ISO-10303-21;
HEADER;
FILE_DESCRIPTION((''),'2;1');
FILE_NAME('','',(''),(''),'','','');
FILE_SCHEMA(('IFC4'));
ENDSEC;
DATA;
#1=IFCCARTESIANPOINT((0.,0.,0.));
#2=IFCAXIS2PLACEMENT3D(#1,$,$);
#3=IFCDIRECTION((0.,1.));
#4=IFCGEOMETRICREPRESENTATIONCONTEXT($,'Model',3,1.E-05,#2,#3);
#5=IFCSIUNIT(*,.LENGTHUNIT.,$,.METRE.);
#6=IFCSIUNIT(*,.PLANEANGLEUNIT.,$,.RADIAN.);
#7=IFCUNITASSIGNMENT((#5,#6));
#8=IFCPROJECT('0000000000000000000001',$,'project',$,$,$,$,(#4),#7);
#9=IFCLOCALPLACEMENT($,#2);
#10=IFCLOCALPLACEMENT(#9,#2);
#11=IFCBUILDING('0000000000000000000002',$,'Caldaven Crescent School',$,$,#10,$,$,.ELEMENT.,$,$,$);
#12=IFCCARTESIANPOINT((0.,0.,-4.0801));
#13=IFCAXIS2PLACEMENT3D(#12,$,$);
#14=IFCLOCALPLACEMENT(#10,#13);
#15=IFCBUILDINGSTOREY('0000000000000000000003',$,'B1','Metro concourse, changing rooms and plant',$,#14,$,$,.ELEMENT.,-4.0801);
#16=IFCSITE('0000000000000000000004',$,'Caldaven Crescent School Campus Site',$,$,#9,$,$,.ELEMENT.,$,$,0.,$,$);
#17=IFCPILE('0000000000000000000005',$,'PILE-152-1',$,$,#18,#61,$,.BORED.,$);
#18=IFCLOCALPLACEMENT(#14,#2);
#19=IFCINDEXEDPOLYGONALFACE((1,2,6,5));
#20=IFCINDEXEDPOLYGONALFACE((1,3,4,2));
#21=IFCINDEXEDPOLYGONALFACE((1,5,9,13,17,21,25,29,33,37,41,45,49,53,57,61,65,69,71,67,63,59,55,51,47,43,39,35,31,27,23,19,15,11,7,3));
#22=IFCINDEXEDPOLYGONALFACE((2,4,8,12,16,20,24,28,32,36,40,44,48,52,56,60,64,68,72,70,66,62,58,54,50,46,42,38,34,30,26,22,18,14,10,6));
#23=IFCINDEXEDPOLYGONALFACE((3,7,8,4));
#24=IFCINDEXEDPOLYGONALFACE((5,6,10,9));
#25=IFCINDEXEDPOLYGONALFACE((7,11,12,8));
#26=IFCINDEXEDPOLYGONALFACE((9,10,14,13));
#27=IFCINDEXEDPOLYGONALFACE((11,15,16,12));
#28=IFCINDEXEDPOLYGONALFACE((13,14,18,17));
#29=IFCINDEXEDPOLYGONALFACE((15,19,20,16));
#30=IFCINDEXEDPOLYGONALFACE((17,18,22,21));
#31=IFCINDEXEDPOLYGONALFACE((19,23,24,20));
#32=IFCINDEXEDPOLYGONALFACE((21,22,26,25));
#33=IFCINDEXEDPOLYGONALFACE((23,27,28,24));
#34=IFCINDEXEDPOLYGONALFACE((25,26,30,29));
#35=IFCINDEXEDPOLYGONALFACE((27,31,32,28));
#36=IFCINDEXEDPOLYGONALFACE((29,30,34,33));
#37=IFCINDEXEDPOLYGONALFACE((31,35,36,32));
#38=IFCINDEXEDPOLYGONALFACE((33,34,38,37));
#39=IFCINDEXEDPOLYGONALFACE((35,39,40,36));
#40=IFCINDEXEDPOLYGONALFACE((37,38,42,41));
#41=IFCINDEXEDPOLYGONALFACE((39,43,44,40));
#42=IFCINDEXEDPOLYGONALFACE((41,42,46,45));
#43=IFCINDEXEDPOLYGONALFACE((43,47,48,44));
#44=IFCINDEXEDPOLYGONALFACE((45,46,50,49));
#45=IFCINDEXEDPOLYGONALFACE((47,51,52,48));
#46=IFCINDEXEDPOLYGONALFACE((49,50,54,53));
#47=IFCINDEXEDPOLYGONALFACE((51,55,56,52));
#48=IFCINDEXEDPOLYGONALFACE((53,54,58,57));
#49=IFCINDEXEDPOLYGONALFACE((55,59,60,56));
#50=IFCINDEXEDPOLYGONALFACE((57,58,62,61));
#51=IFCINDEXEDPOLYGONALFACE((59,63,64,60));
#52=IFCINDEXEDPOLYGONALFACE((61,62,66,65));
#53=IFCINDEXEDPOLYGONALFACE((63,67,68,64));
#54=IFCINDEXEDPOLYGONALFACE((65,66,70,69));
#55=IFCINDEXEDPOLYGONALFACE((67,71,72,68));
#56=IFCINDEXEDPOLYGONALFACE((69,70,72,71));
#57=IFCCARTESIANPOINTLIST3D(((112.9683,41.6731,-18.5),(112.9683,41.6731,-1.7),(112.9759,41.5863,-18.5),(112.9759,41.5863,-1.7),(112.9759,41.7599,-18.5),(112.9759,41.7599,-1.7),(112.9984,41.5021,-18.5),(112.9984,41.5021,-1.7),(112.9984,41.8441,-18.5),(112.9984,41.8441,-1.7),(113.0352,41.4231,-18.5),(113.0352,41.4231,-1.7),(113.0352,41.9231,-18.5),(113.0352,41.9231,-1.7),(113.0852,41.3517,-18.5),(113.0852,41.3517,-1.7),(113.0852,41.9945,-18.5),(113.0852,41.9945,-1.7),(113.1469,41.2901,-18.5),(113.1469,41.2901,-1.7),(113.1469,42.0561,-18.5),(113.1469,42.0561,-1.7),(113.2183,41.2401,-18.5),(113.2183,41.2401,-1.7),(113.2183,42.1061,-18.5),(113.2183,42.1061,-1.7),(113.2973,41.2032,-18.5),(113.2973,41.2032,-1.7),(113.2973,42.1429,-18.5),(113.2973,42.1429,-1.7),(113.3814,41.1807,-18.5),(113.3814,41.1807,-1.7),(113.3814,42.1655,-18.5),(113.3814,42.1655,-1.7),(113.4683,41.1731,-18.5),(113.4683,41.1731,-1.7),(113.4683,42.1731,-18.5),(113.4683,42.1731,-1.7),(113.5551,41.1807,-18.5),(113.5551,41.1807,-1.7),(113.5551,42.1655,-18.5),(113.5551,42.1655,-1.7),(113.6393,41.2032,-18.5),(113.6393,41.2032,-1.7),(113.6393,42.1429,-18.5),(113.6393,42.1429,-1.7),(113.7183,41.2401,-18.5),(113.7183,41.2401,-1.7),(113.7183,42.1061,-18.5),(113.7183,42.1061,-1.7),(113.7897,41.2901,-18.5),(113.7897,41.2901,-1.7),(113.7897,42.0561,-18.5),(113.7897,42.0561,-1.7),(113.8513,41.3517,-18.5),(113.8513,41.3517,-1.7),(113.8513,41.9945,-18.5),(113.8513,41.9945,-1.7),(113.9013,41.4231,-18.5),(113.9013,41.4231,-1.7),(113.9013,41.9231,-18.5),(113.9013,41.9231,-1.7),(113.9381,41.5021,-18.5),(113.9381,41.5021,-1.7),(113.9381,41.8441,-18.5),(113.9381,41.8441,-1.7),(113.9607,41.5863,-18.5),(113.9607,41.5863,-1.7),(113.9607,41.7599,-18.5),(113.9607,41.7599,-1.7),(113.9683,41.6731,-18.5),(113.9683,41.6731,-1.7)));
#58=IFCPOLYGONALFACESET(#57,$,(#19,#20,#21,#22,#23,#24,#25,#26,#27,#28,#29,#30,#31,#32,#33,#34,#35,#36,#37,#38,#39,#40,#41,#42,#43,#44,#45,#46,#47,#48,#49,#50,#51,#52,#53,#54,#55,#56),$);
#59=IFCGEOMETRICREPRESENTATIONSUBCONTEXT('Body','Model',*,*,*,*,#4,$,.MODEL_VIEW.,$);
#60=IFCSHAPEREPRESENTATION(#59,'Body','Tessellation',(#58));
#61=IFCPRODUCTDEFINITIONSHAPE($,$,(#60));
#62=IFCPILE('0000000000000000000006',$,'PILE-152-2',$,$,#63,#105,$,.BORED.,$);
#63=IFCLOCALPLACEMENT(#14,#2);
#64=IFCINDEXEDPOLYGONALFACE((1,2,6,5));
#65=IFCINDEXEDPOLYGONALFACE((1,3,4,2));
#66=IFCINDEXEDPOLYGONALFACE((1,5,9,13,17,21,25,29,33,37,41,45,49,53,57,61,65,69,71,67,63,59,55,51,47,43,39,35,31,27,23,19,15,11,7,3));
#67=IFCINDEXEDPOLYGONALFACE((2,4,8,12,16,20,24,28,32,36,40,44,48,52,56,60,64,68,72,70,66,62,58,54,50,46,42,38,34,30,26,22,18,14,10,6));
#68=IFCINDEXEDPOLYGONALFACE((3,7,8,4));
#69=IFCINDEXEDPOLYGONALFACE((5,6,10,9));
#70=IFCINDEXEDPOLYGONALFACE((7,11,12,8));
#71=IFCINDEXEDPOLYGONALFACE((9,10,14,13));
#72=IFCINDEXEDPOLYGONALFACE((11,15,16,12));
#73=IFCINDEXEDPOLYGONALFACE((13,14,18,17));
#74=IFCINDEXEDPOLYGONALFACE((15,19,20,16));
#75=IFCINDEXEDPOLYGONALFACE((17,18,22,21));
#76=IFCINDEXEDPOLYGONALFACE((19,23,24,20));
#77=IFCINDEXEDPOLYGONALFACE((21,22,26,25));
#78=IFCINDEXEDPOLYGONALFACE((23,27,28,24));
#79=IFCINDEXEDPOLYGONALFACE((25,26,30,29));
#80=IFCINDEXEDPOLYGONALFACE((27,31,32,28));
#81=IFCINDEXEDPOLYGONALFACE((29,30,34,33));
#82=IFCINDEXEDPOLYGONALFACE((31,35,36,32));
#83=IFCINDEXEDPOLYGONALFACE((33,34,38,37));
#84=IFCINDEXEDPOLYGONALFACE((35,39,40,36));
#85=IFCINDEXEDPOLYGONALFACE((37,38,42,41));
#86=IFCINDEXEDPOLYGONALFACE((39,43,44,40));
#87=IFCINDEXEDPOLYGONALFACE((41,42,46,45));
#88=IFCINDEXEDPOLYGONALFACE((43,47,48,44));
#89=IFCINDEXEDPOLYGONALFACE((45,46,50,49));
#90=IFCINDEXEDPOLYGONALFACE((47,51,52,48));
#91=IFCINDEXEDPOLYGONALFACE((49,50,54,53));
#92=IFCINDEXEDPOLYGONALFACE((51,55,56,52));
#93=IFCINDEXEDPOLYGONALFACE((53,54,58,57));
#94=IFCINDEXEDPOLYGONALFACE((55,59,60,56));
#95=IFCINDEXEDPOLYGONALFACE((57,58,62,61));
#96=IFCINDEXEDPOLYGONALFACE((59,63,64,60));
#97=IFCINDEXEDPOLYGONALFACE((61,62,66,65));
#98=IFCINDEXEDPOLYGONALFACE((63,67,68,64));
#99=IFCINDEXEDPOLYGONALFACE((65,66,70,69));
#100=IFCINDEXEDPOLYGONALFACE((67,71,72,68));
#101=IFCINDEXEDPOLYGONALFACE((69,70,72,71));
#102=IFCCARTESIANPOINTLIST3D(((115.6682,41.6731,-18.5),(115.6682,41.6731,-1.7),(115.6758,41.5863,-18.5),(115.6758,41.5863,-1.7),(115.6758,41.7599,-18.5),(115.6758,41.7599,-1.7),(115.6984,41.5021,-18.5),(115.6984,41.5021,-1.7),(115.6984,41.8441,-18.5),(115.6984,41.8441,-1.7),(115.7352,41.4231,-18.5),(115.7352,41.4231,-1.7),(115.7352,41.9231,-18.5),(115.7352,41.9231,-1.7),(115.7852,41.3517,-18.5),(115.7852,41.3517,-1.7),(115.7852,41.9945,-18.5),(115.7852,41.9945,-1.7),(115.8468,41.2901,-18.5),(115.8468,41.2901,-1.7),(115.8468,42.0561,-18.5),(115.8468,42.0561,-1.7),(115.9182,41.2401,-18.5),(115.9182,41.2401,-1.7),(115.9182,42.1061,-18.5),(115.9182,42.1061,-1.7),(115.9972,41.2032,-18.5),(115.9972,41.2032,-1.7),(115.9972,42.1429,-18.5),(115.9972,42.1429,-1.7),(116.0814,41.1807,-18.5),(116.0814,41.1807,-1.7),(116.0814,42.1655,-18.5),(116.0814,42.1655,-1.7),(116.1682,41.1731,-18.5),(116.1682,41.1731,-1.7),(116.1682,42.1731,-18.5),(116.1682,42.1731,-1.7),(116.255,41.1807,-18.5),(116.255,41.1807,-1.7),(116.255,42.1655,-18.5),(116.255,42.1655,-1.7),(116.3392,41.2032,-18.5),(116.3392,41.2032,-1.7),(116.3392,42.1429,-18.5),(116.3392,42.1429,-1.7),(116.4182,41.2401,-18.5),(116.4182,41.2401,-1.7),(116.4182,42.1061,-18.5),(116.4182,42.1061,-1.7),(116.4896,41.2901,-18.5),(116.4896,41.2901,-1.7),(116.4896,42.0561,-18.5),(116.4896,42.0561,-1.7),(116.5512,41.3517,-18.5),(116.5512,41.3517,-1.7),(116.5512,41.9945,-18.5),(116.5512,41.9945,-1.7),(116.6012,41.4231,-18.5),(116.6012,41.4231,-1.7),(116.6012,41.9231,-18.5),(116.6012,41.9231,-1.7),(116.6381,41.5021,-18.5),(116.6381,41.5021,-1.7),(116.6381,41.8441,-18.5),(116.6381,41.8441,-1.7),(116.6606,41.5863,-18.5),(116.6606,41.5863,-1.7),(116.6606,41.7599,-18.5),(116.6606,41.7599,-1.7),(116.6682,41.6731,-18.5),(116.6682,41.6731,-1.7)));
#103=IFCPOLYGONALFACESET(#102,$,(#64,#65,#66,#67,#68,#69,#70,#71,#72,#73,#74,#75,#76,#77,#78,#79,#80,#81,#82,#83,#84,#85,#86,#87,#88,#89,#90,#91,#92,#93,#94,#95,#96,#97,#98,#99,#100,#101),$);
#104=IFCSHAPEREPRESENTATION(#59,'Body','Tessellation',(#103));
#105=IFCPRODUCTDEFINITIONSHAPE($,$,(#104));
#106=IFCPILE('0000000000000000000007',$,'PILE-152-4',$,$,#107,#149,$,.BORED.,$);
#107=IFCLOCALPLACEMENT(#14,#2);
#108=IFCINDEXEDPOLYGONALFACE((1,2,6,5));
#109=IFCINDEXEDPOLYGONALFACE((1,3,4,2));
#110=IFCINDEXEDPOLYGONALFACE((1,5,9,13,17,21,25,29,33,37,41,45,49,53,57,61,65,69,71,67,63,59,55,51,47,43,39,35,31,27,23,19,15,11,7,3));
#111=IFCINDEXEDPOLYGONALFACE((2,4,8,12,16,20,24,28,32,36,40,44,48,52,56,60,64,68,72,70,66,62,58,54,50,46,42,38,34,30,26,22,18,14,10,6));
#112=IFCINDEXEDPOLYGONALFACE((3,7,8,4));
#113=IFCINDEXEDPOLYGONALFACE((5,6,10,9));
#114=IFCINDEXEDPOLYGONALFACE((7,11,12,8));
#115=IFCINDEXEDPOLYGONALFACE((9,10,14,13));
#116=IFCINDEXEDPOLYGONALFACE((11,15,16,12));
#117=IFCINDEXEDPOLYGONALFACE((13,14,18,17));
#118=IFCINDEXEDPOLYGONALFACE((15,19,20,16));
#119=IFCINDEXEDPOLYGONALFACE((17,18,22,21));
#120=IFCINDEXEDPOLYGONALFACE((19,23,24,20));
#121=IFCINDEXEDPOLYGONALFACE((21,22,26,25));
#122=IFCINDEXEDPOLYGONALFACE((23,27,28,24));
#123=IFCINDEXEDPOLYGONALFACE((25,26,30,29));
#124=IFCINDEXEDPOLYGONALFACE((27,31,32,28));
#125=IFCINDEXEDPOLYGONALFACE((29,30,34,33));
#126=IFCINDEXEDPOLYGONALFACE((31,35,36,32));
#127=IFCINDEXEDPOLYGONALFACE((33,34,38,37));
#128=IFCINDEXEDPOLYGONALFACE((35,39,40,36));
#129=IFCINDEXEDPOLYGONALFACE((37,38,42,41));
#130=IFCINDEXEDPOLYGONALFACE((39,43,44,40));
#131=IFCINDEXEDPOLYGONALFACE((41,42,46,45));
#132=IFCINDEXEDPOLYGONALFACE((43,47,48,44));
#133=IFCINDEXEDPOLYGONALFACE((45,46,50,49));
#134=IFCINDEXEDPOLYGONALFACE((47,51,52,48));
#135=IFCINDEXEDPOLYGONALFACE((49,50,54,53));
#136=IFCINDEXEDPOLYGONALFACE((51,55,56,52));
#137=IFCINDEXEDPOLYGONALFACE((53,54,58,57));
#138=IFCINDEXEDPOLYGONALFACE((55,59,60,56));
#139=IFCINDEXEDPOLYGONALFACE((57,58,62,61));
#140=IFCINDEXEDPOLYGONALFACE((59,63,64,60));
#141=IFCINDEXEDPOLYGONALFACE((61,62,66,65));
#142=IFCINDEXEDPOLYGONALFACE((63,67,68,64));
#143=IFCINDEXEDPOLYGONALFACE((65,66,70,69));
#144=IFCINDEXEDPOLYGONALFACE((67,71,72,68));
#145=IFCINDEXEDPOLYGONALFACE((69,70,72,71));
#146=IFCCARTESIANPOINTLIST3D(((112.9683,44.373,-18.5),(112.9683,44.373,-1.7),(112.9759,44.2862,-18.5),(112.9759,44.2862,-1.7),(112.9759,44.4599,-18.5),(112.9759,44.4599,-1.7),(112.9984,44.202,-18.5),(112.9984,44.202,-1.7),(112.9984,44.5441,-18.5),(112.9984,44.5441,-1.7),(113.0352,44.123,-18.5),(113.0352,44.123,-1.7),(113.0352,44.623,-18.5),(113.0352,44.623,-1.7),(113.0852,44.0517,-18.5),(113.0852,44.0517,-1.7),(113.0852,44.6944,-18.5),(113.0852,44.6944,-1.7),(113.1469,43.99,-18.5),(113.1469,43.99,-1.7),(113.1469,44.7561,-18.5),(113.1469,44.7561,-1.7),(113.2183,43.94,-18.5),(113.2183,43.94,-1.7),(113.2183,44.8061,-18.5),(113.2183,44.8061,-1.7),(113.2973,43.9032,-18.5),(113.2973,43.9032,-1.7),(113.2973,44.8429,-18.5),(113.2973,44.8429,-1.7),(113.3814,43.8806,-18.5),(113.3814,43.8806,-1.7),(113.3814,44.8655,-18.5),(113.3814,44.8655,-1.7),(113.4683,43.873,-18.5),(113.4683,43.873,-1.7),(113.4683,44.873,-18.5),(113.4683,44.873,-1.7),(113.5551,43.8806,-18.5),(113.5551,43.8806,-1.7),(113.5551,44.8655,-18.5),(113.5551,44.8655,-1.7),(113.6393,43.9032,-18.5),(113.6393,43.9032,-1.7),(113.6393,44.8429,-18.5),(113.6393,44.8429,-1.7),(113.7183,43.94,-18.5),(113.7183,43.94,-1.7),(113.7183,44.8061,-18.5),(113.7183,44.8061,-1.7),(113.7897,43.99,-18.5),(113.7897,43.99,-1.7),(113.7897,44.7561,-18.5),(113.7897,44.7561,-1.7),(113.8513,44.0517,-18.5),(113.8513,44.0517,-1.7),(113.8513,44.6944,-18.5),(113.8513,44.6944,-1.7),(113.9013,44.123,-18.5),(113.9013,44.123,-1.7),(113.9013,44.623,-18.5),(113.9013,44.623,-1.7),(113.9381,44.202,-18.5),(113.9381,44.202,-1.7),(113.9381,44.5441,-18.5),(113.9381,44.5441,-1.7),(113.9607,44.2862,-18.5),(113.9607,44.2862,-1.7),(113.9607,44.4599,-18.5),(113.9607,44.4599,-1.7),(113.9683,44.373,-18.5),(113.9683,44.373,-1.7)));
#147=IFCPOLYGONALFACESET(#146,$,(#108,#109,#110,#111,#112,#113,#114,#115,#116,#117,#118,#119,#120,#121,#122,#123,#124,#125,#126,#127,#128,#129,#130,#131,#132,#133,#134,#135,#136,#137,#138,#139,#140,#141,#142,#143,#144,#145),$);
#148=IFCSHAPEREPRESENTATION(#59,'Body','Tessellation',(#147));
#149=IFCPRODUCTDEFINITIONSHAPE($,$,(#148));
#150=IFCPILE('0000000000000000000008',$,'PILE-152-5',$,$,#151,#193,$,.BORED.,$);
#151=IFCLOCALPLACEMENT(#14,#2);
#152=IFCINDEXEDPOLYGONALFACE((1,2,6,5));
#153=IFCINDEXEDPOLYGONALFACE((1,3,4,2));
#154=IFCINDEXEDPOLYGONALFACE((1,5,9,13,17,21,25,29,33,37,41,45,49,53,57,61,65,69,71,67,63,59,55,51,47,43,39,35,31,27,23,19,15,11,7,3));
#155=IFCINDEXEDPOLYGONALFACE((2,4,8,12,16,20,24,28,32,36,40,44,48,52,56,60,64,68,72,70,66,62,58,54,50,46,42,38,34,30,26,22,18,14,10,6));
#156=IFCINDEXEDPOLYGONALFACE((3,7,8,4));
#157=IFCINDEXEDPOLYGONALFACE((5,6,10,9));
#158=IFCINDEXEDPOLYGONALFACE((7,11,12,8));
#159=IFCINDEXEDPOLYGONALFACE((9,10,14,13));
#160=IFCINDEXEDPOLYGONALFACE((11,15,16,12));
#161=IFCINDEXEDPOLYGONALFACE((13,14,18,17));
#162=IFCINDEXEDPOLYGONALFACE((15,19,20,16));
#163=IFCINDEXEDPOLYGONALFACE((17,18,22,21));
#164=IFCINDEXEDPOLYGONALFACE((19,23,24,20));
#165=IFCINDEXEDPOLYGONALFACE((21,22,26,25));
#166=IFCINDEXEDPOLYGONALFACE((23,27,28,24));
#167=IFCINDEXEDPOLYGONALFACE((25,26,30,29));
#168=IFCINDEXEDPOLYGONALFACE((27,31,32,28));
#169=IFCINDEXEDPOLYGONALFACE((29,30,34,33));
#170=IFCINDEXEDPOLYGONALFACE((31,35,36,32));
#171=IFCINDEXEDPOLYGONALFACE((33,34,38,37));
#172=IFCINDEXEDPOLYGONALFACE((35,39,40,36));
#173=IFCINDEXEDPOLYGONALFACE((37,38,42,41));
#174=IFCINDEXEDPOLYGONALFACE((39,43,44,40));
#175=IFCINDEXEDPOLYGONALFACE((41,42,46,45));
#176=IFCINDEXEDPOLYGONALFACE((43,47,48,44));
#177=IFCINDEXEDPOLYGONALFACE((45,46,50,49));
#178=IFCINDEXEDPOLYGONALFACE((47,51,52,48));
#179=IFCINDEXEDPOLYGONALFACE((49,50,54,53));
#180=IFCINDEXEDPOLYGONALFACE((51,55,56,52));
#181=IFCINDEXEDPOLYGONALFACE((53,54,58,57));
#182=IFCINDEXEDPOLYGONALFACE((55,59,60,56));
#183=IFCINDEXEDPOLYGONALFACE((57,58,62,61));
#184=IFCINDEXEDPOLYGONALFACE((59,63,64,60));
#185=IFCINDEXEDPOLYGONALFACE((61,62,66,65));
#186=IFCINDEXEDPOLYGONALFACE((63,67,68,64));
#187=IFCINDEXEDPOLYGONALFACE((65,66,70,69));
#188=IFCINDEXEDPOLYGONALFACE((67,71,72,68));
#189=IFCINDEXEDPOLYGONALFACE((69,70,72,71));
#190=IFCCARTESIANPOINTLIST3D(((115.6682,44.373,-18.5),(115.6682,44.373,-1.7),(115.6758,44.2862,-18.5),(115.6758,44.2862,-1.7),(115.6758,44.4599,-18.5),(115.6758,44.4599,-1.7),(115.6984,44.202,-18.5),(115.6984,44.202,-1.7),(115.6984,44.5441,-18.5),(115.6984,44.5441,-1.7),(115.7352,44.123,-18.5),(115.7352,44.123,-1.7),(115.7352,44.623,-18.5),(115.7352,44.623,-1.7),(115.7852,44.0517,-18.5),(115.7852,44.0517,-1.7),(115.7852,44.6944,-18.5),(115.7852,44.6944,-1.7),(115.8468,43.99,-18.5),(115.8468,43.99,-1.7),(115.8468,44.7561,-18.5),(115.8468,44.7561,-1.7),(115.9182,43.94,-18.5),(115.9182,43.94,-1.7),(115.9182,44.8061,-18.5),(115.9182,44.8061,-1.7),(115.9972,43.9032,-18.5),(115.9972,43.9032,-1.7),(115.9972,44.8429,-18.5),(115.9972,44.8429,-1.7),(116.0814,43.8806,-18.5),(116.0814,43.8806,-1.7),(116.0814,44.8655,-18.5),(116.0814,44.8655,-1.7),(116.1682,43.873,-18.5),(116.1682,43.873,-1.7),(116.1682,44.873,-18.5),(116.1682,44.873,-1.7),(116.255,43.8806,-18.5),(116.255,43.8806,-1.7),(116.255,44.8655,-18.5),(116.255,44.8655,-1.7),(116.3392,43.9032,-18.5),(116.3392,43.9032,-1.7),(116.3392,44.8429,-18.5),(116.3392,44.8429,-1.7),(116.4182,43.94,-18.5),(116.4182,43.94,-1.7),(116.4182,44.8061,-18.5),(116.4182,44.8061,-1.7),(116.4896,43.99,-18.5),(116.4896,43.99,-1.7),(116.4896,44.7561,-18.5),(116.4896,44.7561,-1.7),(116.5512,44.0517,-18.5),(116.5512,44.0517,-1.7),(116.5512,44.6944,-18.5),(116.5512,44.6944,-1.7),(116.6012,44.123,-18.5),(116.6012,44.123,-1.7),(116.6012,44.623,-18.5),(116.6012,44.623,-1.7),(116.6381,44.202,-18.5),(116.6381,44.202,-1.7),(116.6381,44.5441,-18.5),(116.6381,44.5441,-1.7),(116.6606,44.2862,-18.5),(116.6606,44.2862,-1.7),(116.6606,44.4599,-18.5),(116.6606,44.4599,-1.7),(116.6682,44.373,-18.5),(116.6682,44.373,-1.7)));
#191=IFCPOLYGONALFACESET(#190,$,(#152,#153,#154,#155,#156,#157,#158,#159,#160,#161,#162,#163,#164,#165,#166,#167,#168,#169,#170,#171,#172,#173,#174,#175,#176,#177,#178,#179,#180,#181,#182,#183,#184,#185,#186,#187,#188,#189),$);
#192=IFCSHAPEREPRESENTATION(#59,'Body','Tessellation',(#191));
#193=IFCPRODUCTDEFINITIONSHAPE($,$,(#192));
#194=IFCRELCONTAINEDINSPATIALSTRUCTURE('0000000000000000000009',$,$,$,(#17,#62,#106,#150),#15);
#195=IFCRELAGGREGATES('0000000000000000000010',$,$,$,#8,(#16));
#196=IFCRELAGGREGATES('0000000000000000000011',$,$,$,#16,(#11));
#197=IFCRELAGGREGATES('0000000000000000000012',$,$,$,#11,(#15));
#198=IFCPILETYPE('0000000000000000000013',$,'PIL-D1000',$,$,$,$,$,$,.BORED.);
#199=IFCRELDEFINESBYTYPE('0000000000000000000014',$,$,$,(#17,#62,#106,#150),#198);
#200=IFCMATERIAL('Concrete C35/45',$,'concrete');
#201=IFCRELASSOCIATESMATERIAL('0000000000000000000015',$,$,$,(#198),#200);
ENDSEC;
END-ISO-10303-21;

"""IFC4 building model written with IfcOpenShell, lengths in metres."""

from ifc_helpers import new_model, si_unit, direction, frame, origin, origin_2d, place, context, subcontext, project, spatial, circle, extrude, material, material_profile, profile_set, type_object, element, save


model = new_model("IFC4")

# Units and contexts
model_context = context("Model", 3, precision=1e-05, world=origin(), true_north=direction((0.0, 1.0)))
body_context = subcontext(model_context, "Body", "Model", "MODEL_VIEW")
ifc_project = project(units=[si_unit("LENGTHUNIT", "METRE"), si_unit("PLANEANGLEUNIT", "RADIAN")], contexts=[model_context])

# Site, building, storey
site_placement = place(None, origin())
site = spatial("IfcSite", under=ifc_project, at=site_placement, Name="Caldaven Crescent School Campus Site", CompositionType="ELEMENT", RefElevation=0.0)
building_placement = place(site_placement, origin())
building = spatial("IfcBuilding", under=site, at=building_placement, Name="Caldaven Crescent School", CompositionType="ELEMENT")
storey_placement = place(building_placement, frame((0.0, 0.0, -4.0801)))
storey = spatial("IfcBuildingStorey", under=building, at=storey_placement, Name="B1", Description="Metro concourse, changing rooms and plant", CompositionType="ELEMENT", Elevation=-4.0801)

# Shared definitions
ifc_material_1 = material(Name="Concrete C35/45", Category="concrete")

# Piles
ifc_material_profile_1 = material_profile(ifc_material_1, circle(Radius=0.5, at=origin_2d()), Name="PILE D1000")
ifc_profile_set_1 = profile_set([ifc_material_profile_1], Name="Concrete C35/45")
pile_type = type_object("IfcPileType", Name="PIL-D1000", PredefinedType="BORED", material=ifc_profile_set_1)
for number, where, z_axis, x_axis, name in (
    (1, (113.4683, 41.6731, -1.7), (0.0, 0.0, -1.0), (1.0, 0.0, 0.0), "PILE-152-1"),
    (2, (116.1682, 41.6731, -1.7), (0.0, 0.0, -1.0), (1.0, 0.0, 0.0), "PILE-152-2"),
    (3, (113.4683, 44.373, -1.7), (0.0, 0.0, -1.0), (1.0, 0.0, 0.0), "PILE-152-4"),
    (4, (116.1682, 44.373, -1.7), (0.0, 0.0, -1.0), (1.0, 0.0, 0.0), "PILE-152-5"),
):
    element("IfcPile", number, at=place(storey_placement, frame(where, z_axis=z_axis, x_axis=x_axis)), inside=storey, type_object=pile_type, Name=name, PredefinedType="BORED", context=body_context, shape_type="SweptSolid", body=[
        extrude(circle(Radius=0.5, at=origin_2d()), origin(), (0.0, 0.0, 1.0), 16.8),
    ])

save(model, "model.ifc")
